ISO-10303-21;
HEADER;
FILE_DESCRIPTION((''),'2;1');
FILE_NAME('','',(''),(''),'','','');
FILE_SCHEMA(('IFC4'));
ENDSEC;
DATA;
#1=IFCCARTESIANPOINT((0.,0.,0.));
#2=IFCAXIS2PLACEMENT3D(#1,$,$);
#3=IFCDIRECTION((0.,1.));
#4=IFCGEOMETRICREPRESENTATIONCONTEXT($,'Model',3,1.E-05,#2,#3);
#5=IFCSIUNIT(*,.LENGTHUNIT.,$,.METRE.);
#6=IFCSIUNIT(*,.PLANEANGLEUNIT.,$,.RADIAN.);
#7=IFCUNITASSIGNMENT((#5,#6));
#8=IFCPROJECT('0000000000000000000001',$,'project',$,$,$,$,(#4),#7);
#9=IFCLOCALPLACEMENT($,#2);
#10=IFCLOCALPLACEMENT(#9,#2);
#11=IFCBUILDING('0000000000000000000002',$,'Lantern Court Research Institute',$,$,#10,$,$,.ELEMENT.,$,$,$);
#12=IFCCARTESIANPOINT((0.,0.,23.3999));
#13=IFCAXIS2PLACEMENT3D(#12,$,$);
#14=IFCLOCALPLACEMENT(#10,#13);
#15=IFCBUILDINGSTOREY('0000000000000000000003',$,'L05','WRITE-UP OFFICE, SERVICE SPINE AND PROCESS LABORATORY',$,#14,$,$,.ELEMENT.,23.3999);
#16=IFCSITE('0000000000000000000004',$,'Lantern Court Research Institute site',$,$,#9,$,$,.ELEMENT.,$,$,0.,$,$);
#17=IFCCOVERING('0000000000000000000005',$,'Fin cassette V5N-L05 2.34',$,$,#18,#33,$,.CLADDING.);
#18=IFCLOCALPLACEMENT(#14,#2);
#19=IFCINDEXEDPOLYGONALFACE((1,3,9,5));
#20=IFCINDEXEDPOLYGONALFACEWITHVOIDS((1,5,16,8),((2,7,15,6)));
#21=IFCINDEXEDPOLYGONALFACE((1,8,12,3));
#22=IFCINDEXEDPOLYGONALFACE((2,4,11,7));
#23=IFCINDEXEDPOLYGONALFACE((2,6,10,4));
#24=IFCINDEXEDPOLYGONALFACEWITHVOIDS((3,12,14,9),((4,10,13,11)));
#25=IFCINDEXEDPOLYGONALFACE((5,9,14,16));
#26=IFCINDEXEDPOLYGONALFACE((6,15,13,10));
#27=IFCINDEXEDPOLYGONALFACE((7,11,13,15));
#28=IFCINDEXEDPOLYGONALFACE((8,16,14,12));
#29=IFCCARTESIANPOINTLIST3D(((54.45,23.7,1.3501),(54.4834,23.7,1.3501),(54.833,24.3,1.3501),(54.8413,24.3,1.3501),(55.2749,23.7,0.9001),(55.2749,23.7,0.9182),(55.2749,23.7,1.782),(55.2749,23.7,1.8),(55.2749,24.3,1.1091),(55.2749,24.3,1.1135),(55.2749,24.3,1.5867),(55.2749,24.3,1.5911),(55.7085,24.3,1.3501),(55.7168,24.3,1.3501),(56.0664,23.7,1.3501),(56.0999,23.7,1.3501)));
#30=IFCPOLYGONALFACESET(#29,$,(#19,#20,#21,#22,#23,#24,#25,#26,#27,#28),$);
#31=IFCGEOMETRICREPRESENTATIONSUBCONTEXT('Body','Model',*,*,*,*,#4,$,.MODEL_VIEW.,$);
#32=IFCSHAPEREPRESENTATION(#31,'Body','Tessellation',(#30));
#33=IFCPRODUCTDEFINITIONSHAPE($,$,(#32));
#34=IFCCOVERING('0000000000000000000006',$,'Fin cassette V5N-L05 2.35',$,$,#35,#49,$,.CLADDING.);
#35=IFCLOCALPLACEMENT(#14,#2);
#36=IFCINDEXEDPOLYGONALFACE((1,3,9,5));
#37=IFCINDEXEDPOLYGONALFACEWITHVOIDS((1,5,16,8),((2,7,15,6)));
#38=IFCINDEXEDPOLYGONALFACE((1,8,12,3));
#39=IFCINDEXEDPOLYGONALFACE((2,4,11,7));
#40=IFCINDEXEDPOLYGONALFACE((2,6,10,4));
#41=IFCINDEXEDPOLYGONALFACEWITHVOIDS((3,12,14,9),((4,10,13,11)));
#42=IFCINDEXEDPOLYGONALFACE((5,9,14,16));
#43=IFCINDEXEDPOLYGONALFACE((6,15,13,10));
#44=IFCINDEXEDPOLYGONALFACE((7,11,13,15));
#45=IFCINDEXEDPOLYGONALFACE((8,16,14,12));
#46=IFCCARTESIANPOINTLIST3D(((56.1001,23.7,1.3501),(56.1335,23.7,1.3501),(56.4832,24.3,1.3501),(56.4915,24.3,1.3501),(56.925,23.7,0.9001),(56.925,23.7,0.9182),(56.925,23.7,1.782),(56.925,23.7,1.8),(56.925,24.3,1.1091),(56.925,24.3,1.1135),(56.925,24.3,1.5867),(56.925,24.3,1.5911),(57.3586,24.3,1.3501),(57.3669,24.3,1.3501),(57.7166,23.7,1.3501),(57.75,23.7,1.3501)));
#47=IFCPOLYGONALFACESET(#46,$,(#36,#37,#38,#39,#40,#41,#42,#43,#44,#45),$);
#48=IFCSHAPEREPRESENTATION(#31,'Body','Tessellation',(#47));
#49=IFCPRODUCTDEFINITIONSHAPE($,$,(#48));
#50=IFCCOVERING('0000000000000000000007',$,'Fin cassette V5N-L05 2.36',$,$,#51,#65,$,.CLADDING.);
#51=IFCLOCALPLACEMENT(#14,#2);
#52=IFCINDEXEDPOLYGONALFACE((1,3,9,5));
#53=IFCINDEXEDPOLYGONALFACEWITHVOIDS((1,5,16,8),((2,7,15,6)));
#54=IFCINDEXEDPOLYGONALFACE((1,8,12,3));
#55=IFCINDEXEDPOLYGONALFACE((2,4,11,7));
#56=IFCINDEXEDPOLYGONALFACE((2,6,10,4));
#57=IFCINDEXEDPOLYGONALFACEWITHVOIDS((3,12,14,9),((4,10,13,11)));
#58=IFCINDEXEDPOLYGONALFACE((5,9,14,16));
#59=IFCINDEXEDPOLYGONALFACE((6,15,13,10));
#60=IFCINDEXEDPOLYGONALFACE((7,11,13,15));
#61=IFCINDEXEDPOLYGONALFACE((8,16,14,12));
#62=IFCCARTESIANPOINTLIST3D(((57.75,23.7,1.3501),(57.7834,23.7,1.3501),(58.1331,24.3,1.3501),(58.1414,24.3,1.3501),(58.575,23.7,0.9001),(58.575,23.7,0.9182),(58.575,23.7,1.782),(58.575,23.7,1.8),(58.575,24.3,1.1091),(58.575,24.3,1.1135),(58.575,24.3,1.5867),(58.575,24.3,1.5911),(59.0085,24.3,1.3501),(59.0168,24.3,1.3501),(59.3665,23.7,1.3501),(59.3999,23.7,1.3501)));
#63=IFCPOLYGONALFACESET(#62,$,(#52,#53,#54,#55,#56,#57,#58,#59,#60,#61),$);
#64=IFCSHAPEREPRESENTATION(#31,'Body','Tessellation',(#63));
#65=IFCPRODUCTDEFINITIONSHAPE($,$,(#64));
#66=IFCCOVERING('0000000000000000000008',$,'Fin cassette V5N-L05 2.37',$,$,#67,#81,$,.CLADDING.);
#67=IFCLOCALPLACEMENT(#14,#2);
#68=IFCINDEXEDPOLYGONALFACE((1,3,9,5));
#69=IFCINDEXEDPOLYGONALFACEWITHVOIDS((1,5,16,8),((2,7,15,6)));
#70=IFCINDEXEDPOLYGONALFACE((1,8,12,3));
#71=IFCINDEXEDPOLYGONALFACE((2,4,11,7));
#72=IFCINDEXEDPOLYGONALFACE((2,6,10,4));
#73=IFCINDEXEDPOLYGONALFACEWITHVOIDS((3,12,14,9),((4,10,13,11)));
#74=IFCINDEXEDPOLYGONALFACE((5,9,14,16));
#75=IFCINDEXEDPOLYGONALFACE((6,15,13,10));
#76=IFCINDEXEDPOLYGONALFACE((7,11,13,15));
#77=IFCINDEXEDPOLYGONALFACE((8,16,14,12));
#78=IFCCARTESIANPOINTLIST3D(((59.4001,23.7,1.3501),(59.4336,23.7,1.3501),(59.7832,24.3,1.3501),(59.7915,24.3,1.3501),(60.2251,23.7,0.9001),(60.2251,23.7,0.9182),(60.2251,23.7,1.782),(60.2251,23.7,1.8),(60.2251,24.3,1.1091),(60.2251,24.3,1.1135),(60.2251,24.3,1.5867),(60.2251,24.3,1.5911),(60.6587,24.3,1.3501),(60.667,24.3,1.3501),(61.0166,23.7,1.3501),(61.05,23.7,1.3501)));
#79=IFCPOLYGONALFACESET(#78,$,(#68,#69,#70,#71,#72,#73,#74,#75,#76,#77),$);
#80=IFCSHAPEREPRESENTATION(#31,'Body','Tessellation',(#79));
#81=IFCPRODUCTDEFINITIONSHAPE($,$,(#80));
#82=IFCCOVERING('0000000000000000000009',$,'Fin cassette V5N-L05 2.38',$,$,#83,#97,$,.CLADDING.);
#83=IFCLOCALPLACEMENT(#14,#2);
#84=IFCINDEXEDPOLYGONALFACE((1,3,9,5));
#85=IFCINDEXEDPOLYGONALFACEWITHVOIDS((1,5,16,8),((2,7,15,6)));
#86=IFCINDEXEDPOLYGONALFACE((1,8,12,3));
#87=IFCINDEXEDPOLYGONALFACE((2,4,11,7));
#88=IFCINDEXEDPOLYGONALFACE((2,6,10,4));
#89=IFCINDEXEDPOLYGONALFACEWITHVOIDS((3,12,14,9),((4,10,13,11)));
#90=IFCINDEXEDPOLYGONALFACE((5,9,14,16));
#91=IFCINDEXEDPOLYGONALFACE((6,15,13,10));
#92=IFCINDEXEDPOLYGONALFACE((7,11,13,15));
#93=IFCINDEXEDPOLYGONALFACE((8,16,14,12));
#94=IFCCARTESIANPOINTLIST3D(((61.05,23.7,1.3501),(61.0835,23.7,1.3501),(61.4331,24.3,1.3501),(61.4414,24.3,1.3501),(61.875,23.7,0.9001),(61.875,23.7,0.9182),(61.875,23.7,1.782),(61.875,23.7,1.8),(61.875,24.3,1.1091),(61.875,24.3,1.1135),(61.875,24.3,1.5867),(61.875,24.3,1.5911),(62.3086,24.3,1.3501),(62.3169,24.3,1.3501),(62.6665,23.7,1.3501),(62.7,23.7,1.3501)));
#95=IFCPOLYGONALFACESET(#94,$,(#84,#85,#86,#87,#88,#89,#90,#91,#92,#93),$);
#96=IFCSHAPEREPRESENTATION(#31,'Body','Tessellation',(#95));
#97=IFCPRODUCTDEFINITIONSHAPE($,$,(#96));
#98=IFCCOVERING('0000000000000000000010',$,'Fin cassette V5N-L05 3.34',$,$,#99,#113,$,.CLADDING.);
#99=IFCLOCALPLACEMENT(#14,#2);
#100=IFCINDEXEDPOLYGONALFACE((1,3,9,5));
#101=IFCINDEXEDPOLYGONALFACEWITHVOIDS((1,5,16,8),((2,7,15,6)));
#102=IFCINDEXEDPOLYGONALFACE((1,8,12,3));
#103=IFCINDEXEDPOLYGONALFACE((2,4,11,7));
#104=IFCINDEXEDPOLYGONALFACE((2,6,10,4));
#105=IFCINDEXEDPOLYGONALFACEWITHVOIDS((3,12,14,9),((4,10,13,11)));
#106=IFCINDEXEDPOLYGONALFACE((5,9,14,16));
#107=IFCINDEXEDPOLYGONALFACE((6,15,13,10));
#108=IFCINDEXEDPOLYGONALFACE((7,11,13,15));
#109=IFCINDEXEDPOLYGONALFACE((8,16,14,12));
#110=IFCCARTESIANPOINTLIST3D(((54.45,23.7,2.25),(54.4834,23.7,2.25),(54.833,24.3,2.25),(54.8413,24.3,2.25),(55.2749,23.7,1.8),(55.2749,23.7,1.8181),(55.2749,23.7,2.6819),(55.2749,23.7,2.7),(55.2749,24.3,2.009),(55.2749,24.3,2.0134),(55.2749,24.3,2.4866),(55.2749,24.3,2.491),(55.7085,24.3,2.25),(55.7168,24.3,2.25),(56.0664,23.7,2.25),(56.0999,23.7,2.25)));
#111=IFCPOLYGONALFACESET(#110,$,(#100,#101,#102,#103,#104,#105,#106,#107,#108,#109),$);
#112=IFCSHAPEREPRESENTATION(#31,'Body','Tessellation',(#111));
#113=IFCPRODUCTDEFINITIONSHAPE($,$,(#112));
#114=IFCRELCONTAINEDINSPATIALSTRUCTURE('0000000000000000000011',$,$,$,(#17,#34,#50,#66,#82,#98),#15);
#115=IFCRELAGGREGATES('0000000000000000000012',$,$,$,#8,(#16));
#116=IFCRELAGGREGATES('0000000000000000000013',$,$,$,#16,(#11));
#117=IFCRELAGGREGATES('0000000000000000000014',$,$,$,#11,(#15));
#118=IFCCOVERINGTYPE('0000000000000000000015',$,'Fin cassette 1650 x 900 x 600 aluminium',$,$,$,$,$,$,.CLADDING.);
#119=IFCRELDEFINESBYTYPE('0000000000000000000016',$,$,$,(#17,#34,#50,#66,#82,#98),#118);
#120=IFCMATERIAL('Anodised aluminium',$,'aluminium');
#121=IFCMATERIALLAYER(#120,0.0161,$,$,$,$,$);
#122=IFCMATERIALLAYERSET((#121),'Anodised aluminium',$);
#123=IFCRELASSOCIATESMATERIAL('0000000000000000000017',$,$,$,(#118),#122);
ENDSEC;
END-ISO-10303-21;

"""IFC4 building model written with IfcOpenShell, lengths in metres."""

from ifc_helpers import new_model, entity, si_unit, direction, frame, origin, place, context, subcontext, project, spatial, material, layer, layer_set, type_object, element, save


model = new_model("IFC4")

# Units and contexts
model_context = context("Model", 3, precision=1e-05, world=origin(), true_north=direction((0.0, 1.0)))
body_context = subcontext(model_context, "Body", "Model", "MODEL_VIEW")
ifc_project = project(units=[si_unit("LENGTHUNIT", "METRE"), si_unit("PLANEANGLEUNIT", "RADIAN")], contexts=[model_context])

# Site, building, storey
site_placement = place(None, origin())
site = spatial("IfcSite", under=ifc_project, at=site_placement, Name="Lantern Court Research Institute site", CompositionType="ELEMENT", RefElevation=0.0)
building_placement = place(site_placement, origin())
building = spatial("IfcBuilding", under=site, at=building_placement, Name="Lantern Court Research Institute", CompositionType="ELEMENT")
storey_placement = place(building_placement, frame((0.0, 0.0, 23.3999)))
storey = spatial("IfcBuildingStorey", under=building, at=storey_placement, Name="L05", Description="WRITE-UP OFFICE, SERVICE SPINE AND PROCESS LABORATORY", CompositionType="ELEMENT", Elevation=23.3999)

# Coverings
ifc_material = material(Name="Anodised aluminium", Category="aluminium")
ifc_layer = layer(ifc_material, 0.0161)
ifc_layer_set = layer_set([ifc_layer], Name="Anodised aluminium")
covering_type = type_object("IfcCoveringType", Name="Fin cassette 1650 x 900 x 600 aluminium", PredefinedType="CLADDING", material=ifc_layer_set)
covering_1_placement = place(storey_placement, frame((55.2749, 23.7, 1.3501), z_axis=(0.0, 1.0, 0.0), x_axis=(-1.0, 0.0, 0.0)))
cartesian_point_1 = entity("IfcCartesianPoint", [0.825, 0.0])
cartesian_point_2 = entity("IfcCartesianPoint", [0.7915, 0.0])
cartesian_point_3 = entity("IfcCartesianPoint", [0.4419, 0.0])
cartesian_point_4 = entity("IfcCartesianPoint", [0.4336, 0.0])
element("IfcCovering", 1, at=covering_1_placement, inside=storey, type_object=covering_type, Name="Fin cassette V5N-L05 2.34", PredefinedType="CLADDING", context=body_context, shape_type="SweptSolid", body=[
    entity("IfcExtrudedAreaSolidTapered", entity("IfcArbitraryProfileDefWithVoids", "AREA", None, entity("IfcPolyline", [cartesian_point_1, entity("IfcCartesianPoint", [0.0, 0.45]), entity("IfcCartesianPoint", [-0.825, 0.0]), entity("IfcCartesianPoint", [0.0, -0.45]), cartesian_point_1]), [entity("IfcPolyline", [cartesian_point_2, entity("IfcCartesianPoint", [0.0, 0.4319]), entity("IfcCartesianPoint", [-0.7915, 0.0]), entity("IfcCartesianPoint", [0.0, -0.4319]), cartesian_point_2])]), entity("IfcAxis2Placement3D", entity("IfcCartesianPoint", [0.0, 0.0, 0.0])), entity("IfcDirection", [0.0, 0.0, 1.0]), 0.6001, entity("IfcArbitraryProfileDefWithVoids", "AREA", None, entity("IfcPolyline", [cartesian_point_3, entity("IfcCartesianPoint", [0.0, 0.241]), entity("IfcCartesianPoint", [-0.4419, 0.0]), entity("IfcCartesianPoint", [0.0, -0.241]), cartesian_point_3]), [entity("IfcPolyline", [cartesian_point_4, entity("IfcCartesianPoint", [0.0, 0.2366]), entity("IfcCartesianPoint", [-0.4336, 0.0]), entity("IfcCartesianPoint", [0.0, -0.2366]), cartesian_point_4])])),
])
covering_2_placement = place(storey_placement, frame((56.925, 23.7, 1.3501), z_axis=(0.0, 1.0, 0.0), x_axis=(-1.0, 0.0, 0.0)))
cartesian_point_5 = entity("IfcCartesianPoint", [0.825, 0.0])
cartesian_point_6 = entity("IfcCartesianPoint", [0.7915, 0.0])
cartesian_point_7 = entity("IfcCartesianPoint", [0.4419, 0.0])
cartesian_point_8 = entity("IfcCartesianPoint", [0.4336, 0.0])
element("IfcCovering", 2, at=covering_2_placement, inside=storey, type_object=covering_type, Name="Fin cassette V5N-L05 2.35", PredefinedType="CLADDING", context=body_context, shape_type="SweptSolid", body=[
    entity("IfcExtrudedAreaSolidTapered", entity("IfcArbitraryProfileDefWithVoids", "AREA", None, entity("IfcPolyline", [cartesian_point_5, entity("IfcCartesianPoint", [0.0, 0.45]), entity("IfcCartesianPoint", [-0.825, 0.0]), entity("IfcCartesianPoint", [0.0, -0.45]), cartesian_point_5]), [entity("IfcPolyline", [cartesian_point_6, entity("IfcCartesianPoint", [0.0, 0.4319]), entity("IfcCartesianPoint", [-0.7915, 0.0]), entity("IfcCartesianPoint", [0.0, -0.4319]), cartesian_point_6])]), entity("IfcAxis2Placement3D", entity("IfcCartesianPoint", [0.0, 0.0, 0.0])), entity("IfcDirection", [0.0, 0.0, 1.0]), 0.6001, entity("IfcArbitraryProfileDefWithVoids", "AREA", None, entity("IfcPolyline", [cartesian_point_7, entity("IfcCartesianPoint", [0.0, 0.241]), entity("IfcCartesianPoint", [-0.4419, 0.0]), entity("IfcCartesianPoint", [0.0, -0.241]), cartesian_point_7]), [entity("IfcPolyline", [cartesian_point_8, entity("IfcCartesianPoint", [0.0, 0.2366]), entity("IfcCartesianPoint", [-0.4336, 0.0]), entity("IfcCartesianPoint", [0.0, -0.2366]), cartesian_point_8])])),
])
covering_3_placement = place(storey_placement, frame((58.575, 23.7, 1.3501), z_axis=(0.0, 1.0, 0.0), x_axis=(-1.0, 0.0, 0.0)))
cartesian_point_9 = entity("IfcCartesianPoint", [0.825, 0.0])
cartesian_point_10 = entity("IfcCartesianPoint", [0.7915, 0.0])
cartesian_point_11 = entity("IfcCartesianPoint", [0.4419, 0.0])
cartesian_point_12 = entity("IfcCartesianPoint", [0.4336, 0.0])
element("IfcCovering", 3, at=covering_3_placement, inside=storey, type_object=covering_type, Name="Fin cassette V5N-L05 2.36", PredefinedType="CLADDING", context=body_context, shape_type="SweptSolid", body=[
    entity("IfcExtrudedAreaSolidTapered", entity("IfcArbitraryProfileDefWithVoids", "AREA", None, entity("IfcPolyline", [cartesian_point_9, entity("IfcCartesianPoint", [0.0, 0.45]), entity("IfcCartesianPoint", [-0.825, 0.0]), entity("IfcCartesianPoint", [0.0, -0.45]), cartesian_point_9]), [entity("IfcPolyline", [cartesian_point_10, entity("IfcCartesianPoint", [0.0, 0.4319]), entity("IfcCartesianPoint", [-0.7915, 0.0]), entity("IfcCartesianPoint", [0.0, -0.4319]), cartesian_point_10])]), entity("IfcAxis2Placement3D", entity("IfcCartesianPoint", [0.0, 0.0, 0.0])), entity("IfcDirection", [0.0, 0.0, 1.0]), 0.6001, entity("IfcArbitraryProfileDefWithVoids", "AREA", None, entity("IfcPolyline", [cartesian_point_11, entity("IfcCartesianPoint", [0.0, 0.241]), entity("IfcCartesianPoint", [-0.4419, 0.0]), entity("IfcCartesianPoint", [0.0, -0.241]), cartesian_point_11]), [entity("IfcPolyline", [cartesian_point_12, entity("IfcCartesianPoint", [0.0, 0.2366]), entity("IfcCartesianPoint", [-0.4336, 0.0]), entity("IfcCartesianPoint", [0.0, -0.2366]), cartesian_point_12])])),
])
covering_4_placement = place(storey_placement, frame((60.2251, 23.7, 1.3501), z_axis=(0.0, 1.0, 0.0), x_axis=(-1.0, 0.0, 0.0)))
cartesian_point_13 = entity("IfcCartesianPoint", [0.825, 0.0])
cartesian_point_14 = entity("IfcCartesianPoint", [0.7915, 0.0])
cartesian_point_15 = entity("IfcCartesianPoint", [0.4419, 0.0])
cartesian_point_16 = entity("IfcCartesianPoint", [0.4336, 0.0])
element("IfcCovering", 4, at=covering_4_placement, inside=storey, type_object=covering_type, Name="Fin cassette V5N-L05 2.37", PredefinedType="CLADDING", context=body_context, shape_type="SweptSolid", body=[
    entity("IfcExtrudedAreaSolidTapered", entity("IfcArbitraryProfileDefWithVoids", "AREA", None, entity("IfcPolyline", [cartesian_point_13, entity("IfcCartesianPoint", [0.0, 0.45]), entity("IfcCartesianPoint", [-0.825, 0.0]), entity("IfcCartesianPoint", [0.0, -0.45]), cartesian_point_13]), [entity("IfcPolyline", [cartesian_point_14, entity("IfcCartesianPoint", [0.0, 0.4319]), entity("IfcCartesianPoint", [-0.7915, 0.0]), entity("IfcCartesianPoint", [0.0, -0.4319]), cartesian_point_14])]), entity("IfcAxis2Placement3D", entity("IfcCartesianPoint", [0.0, 0.0, 0.0])), entity("IfcDirection", [0.0, 0.0, 1.0]), 0.6001, entity("IfcArbitraryProfileDefWithVoids", "AREA", None, entity("IfcPolyline", [cartesian_point_15, entity("IfcCartesianPoint", [0.0, 0.241]), entity("IfcCartesianPoint", [-0.4419, 0.0]), entity("IfcCartesianPoint", [0.0, -0.241]), cartesian_point_15]), [entity("IfcPolyline", [cartesian_point_16, entity("IfcCartesianPoint", [0.0, 0.2366]), entity("IfcCartesianPoint", [-0.4336, 0.0]), entity("IfcCartesianPoint", [0.0, -0.2366]), cartesian_point_16])])),
])
covering_5_placement = place(storey_placement, frame((61.875, 23.7, 1.3501), z_axis=(0.0, 1.0, 0.0), x_axis=(-1.0, 0.0, 0.0)))
cartesian_point_17 = entity("IfcCartesianPoint", [0.825, 0.0])
cartesian_point_18 = entity("IfcCartesianPoint", [0.7915, 0.0])
cartesian_point_19 = entity("IfcCartesianPoint", [0.4419, 0.0])
cartesian_point_20 = entity("IfcCartesianPoint", [0.4336, 0.0])
element("IfcCovering", 5, at=covering_5_placement, inside=storey, type_object=covering_type, Name="Fin cassette V5N-L05 2.38", PredefinedType="CLADDING", context=body_context, shape_type="SweptSolid", body=[
    entity("IfcExtrudedAreaSolidTapered", entity("IfcArbitraryProfileDefWithVoids", "AREA", None, entity("IfcPolyline", [cartesian_point_17, entity("IfcCartesianPoint", [0.0, 0.45]), entity("IfcCartesianPoint", [-0.825, 0.0]), entity("IfcCartesianPoint", [0.0, -0.45]), cartesian_point_17]), [entity("IfcPolyline", [cartesian_point_18, entity("IfcCartesianPoint", [0.0, 0.4319]), entity("IfcCartesianPoint", [-0.7915, 0.0]), entity("IfcCartesianPoint", [0.0, -0.4319]), cartesian_point_18])]), entity("IfcAxis2Placement3D", entity("IfcCartesianPoint", [0.0, 0.0, 0.0])), entity("IfcDirection", [0.0, 0.0, 1.0]), 0.6001, entity("IfcArbitraryProfileDefWithVoids", "AREA", None, entity("IfcPolyline", [cartesian_point_19, entity("IfcCartesianPoint", [0.0, 0.241]), entity("IfcCartesianPoint", [-0.4419, 0.0]), entity("IfcCartesianPoint", [0.0, -0.241]), cartesian_point_19]), [entity("IfcPolyline", [cartesian_point_20, entity("IfcCartesianPoint", [0.0, 0.2366]), entity("IfcCartesianPoint", [-0.4336, 0.0]), entity("IfcCartesianPoint", [0.0, -0.2366]), cartesian_point_20])])),
])
covering_6_placement = place(storey_placement, frame((55.2749, 23.7, 2.25), z_axis=(0.0, 1.0, 0.0), x_axis=(-1.0, 0.0, 0.0)))
cartesian_point_21 = entity("IfcCartesianPoint", [0.825, 0.0])
cartesian_point_22 = entity("IfcCartesianPoint", [0.7915, 0.0])
cartesian_point_23 = entity("IfcCartesianPoint", [0.4419, 0.0])
cartesian_point_24 = entity("IfcCartesianPoint", [0.4336, 0.0])
element("IfcCovering", 6, at=covering_6_placement, inside=storey, type_object=covering_type, Name="Fin cassette V5N-L05 3.34", PredefinedType="CLADDING", context=body_context, shape_type="SweptSolid", body=[
    entity("IfcExtrudedAreaSolidTapered", entity("IfcArbitraryProfileDefWithVoids", "AREA", None, entity("IfcPolyline", [cartesian_point_21, entity("IfcCartesianPoint", [0.0, 0.45]), entity("IfcCartesianPoint", [-0.825, 0.0]), entity("IfcCartesianPoint", [0.0, -0.45]), cartesian_point_21]), [entity("IfcPolyline", [cartesian_point_22, entity("IfcCartesianPoint", [0.0, 0.4319]), entity("IfcCartesianPoint", [-0.7915, 0.0]), entity("IfcCartesianPoint", [0.0, -0.4319]), cartesian_point_22])]), entity("IfcAxis2Placement3D", entity("IfcCartesianPoint", [0.0, 0.0, 0.0])), entity("IfcDirection", [0.0, 0.0, 1.0]), 0.6001, entity("IfcArbitraryProfileDefWithVoids", "AREA", None, entity("IfcPolyline", [cartesian_point_23, entity("IfcCartesianPoint", [0.0, 0.241]), entity("IfcCartesianPoint", [-0.4419, 0.0]), entity("IfcCartesianPoint", [0.0, -0.241]), cartesian_point_23]), [entity("IfcPolyline", [cartesian_point_24, entity("IfcCartesianPoint", [0.0, 0.2366]), entity("IfcCartesianPoint", [-0.4336, 0.0]), entity("IfcCartesianPoint", [0.0, -0.2366]), cartesian_point_24])])),
])

save(model, "model.ifc")
